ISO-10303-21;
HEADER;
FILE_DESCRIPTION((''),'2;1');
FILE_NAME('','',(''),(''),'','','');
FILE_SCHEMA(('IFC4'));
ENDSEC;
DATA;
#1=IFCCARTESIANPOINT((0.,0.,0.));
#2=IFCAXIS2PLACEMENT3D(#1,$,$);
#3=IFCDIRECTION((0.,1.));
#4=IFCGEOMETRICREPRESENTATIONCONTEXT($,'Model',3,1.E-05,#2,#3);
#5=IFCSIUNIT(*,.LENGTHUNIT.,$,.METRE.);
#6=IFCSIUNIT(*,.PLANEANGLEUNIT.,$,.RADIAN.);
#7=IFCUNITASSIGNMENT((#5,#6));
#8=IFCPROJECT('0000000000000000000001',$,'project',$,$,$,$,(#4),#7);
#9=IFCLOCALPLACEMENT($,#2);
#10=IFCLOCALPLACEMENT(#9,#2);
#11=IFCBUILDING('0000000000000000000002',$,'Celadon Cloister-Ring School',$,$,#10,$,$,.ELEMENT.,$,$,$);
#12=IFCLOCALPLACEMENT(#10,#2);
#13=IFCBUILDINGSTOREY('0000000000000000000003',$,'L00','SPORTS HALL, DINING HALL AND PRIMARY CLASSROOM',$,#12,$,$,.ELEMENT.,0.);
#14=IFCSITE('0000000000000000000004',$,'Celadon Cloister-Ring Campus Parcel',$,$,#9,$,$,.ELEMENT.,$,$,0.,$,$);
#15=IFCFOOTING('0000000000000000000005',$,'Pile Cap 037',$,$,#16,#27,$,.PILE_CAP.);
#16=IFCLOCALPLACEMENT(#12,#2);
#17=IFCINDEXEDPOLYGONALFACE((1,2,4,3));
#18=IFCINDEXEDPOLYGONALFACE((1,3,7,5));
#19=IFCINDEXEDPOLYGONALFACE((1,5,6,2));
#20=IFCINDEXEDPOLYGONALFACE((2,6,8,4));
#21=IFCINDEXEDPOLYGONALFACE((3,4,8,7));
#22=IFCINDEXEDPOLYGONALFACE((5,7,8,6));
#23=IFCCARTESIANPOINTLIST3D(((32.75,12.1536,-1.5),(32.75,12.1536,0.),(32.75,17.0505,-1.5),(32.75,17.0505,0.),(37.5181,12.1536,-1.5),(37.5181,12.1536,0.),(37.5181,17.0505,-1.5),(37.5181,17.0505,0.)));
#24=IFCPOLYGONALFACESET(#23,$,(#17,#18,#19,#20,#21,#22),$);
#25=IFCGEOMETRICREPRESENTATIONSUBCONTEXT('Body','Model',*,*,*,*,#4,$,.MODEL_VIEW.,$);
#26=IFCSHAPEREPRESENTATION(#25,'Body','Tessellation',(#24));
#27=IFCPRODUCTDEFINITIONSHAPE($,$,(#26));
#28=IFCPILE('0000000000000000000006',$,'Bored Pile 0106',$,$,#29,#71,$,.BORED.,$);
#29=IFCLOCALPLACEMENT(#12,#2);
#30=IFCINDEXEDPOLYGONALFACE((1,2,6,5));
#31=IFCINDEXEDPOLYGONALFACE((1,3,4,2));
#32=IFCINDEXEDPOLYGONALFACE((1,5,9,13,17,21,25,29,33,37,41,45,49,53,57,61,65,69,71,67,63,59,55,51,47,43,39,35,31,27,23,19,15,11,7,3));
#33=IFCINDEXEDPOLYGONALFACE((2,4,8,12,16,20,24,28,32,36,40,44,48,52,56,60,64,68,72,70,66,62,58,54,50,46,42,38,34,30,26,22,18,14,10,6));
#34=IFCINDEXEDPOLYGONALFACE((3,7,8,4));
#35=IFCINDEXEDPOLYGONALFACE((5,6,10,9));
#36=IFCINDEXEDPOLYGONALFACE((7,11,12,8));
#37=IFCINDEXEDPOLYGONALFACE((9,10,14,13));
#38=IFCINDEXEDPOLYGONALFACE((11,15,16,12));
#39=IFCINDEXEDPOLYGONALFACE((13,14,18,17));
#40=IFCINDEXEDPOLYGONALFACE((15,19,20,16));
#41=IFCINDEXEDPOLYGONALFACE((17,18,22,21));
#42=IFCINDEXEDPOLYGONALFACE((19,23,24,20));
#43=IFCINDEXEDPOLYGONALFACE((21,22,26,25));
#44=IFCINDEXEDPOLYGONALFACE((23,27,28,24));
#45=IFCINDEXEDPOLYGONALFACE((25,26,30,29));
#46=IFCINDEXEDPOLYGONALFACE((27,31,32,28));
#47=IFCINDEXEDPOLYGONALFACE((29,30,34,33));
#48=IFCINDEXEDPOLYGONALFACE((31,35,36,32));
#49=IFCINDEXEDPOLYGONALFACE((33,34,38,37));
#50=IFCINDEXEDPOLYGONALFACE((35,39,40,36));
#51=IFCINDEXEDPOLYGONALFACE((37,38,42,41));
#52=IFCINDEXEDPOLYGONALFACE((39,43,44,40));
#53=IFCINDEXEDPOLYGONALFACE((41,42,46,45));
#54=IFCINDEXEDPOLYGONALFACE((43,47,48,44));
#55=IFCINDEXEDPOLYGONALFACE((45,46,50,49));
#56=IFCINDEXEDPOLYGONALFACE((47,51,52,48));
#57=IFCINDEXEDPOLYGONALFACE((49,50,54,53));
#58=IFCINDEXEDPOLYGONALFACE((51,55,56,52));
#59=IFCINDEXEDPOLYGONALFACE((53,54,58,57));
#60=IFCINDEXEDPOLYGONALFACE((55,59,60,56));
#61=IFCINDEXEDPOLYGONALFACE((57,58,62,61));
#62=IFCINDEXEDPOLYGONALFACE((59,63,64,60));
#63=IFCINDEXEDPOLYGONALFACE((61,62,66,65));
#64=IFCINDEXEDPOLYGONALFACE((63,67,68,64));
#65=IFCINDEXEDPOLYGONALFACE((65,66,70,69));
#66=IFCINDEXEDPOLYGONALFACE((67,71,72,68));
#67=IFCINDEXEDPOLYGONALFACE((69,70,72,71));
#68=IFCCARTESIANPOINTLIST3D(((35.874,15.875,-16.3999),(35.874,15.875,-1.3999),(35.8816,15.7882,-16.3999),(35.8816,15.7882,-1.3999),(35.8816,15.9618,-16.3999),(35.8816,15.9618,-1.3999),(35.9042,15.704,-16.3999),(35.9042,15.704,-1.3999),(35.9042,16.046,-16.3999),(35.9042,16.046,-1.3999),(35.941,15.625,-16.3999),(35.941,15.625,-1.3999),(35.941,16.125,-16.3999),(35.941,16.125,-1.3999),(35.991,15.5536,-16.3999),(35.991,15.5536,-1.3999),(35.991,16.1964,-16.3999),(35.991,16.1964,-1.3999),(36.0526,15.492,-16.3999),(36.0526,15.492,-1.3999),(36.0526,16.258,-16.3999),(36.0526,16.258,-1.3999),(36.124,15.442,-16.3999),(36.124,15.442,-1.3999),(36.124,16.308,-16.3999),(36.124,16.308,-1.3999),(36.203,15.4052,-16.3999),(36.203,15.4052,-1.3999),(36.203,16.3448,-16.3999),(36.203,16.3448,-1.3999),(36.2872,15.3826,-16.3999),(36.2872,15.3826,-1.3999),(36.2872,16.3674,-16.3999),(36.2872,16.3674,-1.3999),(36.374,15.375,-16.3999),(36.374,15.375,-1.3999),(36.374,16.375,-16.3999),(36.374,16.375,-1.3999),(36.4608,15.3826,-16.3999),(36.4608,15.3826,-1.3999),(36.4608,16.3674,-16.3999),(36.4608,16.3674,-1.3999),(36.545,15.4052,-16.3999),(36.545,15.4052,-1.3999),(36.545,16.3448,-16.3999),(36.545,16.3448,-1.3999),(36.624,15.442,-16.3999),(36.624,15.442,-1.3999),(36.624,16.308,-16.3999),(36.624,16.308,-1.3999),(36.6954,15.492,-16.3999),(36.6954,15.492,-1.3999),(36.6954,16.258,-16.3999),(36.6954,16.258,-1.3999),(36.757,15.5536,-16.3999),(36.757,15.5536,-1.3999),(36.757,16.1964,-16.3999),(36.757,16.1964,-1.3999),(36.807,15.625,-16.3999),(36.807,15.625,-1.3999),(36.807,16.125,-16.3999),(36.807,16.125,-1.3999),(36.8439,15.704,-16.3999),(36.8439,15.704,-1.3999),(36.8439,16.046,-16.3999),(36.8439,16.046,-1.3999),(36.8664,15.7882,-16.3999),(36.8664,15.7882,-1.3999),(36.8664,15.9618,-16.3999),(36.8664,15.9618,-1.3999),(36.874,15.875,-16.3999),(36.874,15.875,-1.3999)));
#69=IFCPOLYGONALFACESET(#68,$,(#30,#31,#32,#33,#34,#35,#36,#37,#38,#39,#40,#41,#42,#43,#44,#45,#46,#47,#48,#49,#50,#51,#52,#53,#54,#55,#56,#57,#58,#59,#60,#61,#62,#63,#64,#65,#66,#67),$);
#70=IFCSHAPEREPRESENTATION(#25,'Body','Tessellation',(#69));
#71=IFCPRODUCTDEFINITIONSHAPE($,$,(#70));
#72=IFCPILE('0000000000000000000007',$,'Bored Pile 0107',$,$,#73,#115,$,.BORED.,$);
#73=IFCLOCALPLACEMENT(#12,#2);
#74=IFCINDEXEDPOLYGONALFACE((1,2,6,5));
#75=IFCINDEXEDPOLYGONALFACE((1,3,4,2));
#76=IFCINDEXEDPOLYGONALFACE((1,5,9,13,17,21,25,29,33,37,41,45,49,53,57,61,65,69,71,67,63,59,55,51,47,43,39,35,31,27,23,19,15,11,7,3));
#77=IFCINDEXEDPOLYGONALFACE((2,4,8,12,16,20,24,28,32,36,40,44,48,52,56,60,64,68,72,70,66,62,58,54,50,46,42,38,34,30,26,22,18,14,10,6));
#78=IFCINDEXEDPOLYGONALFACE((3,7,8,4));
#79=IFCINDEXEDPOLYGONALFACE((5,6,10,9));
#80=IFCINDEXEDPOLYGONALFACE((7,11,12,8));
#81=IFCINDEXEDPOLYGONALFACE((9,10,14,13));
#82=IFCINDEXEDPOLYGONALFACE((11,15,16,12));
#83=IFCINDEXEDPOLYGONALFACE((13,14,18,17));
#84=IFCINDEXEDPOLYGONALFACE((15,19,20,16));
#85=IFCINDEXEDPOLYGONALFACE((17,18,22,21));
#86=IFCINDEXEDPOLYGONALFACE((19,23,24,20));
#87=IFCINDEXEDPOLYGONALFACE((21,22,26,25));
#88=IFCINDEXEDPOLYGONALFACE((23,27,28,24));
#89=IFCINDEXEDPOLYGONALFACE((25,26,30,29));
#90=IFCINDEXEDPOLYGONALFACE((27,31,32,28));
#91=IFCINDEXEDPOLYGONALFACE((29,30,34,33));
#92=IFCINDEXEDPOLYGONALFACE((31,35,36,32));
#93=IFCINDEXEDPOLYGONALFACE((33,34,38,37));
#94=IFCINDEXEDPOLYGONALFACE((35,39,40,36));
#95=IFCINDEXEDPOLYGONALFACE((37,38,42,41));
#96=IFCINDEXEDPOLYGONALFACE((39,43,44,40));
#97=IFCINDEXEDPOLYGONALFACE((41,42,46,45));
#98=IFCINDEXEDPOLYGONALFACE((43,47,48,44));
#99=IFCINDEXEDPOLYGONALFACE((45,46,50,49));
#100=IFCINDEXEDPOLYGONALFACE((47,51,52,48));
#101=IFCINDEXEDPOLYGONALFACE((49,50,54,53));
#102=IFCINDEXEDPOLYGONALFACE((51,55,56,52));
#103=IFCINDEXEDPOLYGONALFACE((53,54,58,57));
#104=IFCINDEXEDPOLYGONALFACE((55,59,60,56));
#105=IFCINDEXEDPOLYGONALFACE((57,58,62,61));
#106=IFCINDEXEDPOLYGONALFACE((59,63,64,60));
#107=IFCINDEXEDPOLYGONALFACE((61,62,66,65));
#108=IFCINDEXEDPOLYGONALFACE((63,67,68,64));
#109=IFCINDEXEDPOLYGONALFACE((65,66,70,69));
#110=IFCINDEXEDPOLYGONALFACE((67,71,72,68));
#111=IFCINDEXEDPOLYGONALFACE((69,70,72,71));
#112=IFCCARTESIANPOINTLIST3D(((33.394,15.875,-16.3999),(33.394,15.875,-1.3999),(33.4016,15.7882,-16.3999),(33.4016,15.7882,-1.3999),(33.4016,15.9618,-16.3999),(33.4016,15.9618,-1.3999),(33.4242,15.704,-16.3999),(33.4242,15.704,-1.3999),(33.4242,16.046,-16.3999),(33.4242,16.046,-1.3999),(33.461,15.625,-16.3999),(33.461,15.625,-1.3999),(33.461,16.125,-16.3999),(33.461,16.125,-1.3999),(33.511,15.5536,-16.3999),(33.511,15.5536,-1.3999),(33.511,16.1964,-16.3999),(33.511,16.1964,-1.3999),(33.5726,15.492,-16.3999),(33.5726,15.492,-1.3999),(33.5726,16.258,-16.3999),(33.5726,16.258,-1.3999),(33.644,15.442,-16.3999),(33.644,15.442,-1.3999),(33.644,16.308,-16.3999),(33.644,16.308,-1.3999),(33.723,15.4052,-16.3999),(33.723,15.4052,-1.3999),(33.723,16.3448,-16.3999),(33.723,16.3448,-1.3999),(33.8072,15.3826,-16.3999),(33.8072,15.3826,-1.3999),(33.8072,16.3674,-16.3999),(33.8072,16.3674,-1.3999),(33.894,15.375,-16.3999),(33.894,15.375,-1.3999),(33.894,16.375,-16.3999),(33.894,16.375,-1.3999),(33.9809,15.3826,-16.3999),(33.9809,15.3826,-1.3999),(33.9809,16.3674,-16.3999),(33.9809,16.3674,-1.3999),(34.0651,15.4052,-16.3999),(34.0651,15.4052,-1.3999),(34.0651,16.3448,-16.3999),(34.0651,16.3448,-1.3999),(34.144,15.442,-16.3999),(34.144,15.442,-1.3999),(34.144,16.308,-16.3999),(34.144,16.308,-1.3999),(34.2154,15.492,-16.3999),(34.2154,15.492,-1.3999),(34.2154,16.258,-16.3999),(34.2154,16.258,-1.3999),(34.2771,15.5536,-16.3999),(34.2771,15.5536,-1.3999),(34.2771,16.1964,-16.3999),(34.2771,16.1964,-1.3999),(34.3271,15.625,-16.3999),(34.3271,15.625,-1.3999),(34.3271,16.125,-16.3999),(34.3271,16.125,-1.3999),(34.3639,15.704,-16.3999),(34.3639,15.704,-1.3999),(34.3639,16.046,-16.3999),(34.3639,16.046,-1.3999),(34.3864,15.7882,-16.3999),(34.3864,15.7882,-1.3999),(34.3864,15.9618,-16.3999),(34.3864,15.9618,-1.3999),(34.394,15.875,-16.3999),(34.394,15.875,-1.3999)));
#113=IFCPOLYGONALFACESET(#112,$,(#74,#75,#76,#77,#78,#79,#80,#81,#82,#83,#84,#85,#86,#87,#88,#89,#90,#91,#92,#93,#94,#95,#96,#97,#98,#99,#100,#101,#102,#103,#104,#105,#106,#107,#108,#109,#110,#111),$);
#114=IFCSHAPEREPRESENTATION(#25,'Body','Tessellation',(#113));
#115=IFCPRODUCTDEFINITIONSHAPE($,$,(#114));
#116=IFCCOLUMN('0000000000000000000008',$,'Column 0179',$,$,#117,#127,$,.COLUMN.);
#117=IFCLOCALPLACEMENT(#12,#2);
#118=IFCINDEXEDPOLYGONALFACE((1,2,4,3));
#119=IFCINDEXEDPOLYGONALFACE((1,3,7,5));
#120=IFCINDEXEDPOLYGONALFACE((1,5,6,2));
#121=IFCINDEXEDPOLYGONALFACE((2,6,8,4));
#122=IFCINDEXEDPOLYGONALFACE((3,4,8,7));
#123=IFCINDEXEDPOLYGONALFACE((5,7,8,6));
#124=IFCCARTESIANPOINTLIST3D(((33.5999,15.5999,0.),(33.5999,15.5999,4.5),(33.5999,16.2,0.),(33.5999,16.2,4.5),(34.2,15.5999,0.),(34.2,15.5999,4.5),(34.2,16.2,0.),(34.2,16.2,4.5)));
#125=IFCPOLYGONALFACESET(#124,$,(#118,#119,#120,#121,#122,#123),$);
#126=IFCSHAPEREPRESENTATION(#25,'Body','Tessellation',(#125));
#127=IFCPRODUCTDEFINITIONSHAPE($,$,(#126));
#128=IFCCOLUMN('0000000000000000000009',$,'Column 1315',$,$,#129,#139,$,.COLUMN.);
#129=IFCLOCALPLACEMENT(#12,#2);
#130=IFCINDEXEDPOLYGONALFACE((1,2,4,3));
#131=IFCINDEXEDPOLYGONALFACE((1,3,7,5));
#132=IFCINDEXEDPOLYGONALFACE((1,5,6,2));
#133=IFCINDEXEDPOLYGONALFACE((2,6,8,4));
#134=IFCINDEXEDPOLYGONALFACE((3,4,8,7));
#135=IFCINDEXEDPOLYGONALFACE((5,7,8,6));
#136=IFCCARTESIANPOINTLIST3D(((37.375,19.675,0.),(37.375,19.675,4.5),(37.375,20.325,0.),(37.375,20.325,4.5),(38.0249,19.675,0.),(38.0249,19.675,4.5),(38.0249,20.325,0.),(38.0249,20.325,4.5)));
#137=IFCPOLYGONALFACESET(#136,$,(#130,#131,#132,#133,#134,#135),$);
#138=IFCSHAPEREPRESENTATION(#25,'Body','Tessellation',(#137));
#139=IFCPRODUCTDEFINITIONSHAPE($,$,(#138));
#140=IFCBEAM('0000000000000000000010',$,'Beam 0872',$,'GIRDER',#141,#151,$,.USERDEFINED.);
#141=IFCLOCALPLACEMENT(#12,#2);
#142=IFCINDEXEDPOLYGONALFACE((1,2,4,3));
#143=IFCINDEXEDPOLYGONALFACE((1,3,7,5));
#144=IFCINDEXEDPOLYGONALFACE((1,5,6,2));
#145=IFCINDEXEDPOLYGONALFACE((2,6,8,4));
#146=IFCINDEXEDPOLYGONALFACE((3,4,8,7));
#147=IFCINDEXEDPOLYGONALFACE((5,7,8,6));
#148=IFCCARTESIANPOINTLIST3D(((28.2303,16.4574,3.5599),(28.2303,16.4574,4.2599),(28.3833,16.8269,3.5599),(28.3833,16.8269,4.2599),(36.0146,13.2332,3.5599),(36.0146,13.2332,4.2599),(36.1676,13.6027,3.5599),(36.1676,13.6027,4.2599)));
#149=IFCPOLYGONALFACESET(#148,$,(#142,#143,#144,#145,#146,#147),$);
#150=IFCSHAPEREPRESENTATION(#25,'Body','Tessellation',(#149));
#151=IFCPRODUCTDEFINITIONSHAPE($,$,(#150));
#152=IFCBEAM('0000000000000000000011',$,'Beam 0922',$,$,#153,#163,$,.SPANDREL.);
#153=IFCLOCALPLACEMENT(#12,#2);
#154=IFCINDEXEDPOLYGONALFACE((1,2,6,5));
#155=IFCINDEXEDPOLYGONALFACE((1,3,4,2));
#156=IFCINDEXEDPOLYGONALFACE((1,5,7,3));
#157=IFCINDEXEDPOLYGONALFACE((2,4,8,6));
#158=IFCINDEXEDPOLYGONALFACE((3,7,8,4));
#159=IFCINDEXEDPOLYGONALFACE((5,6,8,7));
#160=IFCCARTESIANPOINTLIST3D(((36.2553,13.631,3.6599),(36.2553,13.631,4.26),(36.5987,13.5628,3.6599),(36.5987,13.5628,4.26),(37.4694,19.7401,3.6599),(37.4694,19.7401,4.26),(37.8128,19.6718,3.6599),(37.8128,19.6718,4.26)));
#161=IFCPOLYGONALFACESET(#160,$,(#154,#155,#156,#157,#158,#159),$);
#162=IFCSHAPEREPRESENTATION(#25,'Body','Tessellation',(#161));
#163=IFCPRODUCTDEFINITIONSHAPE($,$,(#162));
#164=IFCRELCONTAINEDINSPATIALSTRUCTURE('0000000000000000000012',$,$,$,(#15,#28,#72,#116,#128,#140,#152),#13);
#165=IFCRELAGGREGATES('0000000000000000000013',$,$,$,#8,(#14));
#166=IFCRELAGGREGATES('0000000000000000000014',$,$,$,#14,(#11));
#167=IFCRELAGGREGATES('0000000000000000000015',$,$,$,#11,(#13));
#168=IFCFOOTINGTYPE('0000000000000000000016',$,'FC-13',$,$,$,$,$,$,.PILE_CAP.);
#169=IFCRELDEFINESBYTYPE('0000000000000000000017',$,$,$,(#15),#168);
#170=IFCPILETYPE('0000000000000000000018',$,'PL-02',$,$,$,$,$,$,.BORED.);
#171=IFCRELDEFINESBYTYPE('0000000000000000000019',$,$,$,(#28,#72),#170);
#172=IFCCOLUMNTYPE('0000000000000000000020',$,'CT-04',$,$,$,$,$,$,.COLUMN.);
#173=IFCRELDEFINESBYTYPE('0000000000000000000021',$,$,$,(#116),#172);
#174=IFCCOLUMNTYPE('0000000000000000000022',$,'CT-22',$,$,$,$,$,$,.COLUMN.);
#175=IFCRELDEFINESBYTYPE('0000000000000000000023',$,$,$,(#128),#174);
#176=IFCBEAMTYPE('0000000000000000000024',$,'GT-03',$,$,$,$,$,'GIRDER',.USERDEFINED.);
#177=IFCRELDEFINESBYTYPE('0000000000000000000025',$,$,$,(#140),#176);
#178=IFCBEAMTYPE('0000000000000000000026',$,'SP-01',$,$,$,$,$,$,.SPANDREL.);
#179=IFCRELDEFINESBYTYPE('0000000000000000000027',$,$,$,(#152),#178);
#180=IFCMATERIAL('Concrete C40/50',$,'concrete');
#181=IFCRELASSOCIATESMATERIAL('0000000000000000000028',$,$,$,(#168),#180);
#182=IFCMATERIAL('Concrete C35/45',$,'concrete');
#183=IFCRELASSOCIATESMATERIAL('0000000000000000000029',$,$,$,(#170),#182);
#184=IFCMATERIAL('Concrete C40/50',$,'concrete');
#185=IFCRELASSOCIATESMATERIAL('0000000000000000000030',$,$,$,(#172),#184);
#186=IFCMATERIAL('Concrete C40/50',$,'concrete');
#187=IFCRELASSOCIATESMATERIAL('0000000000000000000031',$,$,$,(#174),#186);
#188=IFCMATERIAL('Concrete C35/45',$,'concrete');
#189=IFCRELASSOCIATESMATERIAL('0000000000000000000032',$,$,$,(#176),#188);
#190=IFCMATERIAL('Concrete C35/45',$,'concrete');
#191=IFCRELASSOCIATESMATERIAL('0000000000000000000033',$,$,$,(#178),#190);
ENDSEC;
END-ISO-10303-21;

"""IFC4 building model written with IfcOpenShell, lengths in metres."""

from ifc_helpers import new_model, si_unit, direction, frame, origin, origin_2d, place, context, subcontext, project, spatial, rectangle, circle, extrude, material, material_profile, profile_set, type_object, element, save


model = new_model("IFC4")

# Units and contexts
model_context = context("Model", 3, precision=1e-05, world=origin(), true_north=direction((0.0, 1.0)))
body_context = subcontext(model_context, "Body", "Model", "MODEL_VIEW")
ifc_project = project(units=[si_unit("LENGTHUNIT", "METRE"), si_unit("PLANEANGLEUNIT", "RADIAN")], contexts=[model_context])

# Site, building, storey
site_placement = place(None, origin())
site = spatial("IfcSite", under=ifc_project, at=site_placement, Name="Celadon Cloister-Ring Campus Parcel", CompositionType="ELEMENT", RefElevation=0.0)
building_placement = place(site_placement, origin())
building = spatial("IfcBuilding", under=site, at=building_placement, Name="Celadon Cloister-Ring School", CompositionType="ELEMENT")
storey_placement = place(building_placement, origin())
storey = spatial("IfcBuildingStorey", under=building, at=storey_placement, Name="L00", Description="SPORTS HALL, DINING HALL AND PRIMARY CLASSROOM", CompositionType="ELEMENT", Elevation=0.0)

# Footing
ifc_material_1 = material(Name="Concrete C40/50", Category="concrete")
footing_type = type_object("IfcFootingType", Name="FC-13", PredefinedType="PILE_CAP", material=ifc_material_1)
footing_placement = place(storey_placement, frame((35.134, 14.6021, -1.5), z_axis=(0.0, 0.0, 1.0), x_axis=(1.0, 0.0, 0.0)))
element("IfcFooting", 1, at=footing_placement, inside=storey, type_object=footing_type, Name="Pile Cap 037", PredefinedType="PILE_CAP", context=body_context, shape_type="SweptSolid", body=[
    extrude(rectangle(XDim=4.7681, YDim=4.897, at=origin_2d()), origin(), (0.0, 0.0, 1.0), 1.5),
])

# Piles
ifc_material_2 = material(Name="Concrete C35/45", Category="concrete")
ifc_material_profile_1 = material_profile(ifc_material_2, circle(Radius=0.5, at=origin_2d()), Name="PILE1000")
ifc_profile_set_1 = profile_set([ifc_material_profile_1], Name="Concrete C35/45")
pile_type = type_object("IfcPileType", Name="PL-02", PredefinedType="BORED", material=ifc_profile_set_1)
for number, where, z_axis, x_axis, name in (
    (2, (36.374, 15.875, -1.3999), (0.0, 0.0, -1.0), (1.0, 0.0, 0.0), "Bored Pile 0106"),
    (3, (33.894, 15.875, -1.3999), (0.0, 0.0, -1.0), (1.0, 0.0, 0.0), "Bored Pile 0107"),
):
    element("IfcPile", number, at=place(storey_placement, frame(where, z_axis=z_axis, x_axis=x_axis)), inside=storey, type_object=pile_type, Name=name, PredefinedType="BORED", context=body_context, shape_type="SweptSolid", body=[
        extrude(circle(Radius=0.5, at=origin_2d()), origin(), (0.0, 0.0, 1.0), 15.0),
    ])

# Columns
ifc_material_3 = material(Name="Concrete C40/50", Category="concrete")
ifc_material_profile_2 = material_profile(ifc_material_3, rectangle(XDim=0.6001, YDim=0.6001, at=origin_2d()), Name="RC600X600")
ifc_profile_set_2 = profile_set([ifc_material_profile_2], Name="Concrete C40/50")
column_type_1 = type_object("IfcColumnType", Name="CT-04", PredefinedType="COLUMN", material=ifc_profile_set_2)
column_1_placement = place(storey_placement, frame((33.8999, 15.8999, 0.0), z_axis=(0.0, 0.0, 1.0), x_axis=(1.0, 0.0, 0.0)))
element("IfcColumn", 4, at=column_1_placement, inside=storey, type_object=column_type_1, Name="Column 0179", PredefinedType="COLUMN", context=body_context, shape_type="SweptSolid", body=[
    extrude(rectangle(XDim=0.6001, YDim=0.6001, at=origin_2d()), origin(), (0.0, 0.0, 1.0), 4.5),
])
ifc_material_4 = material(Name="Concrete C40/50", Category="concrete")
ifc_material_profile_3 = material_profile(ifc_material_4, rectangle(XDim=0.6499, YDim=0.6499, at=origin_2d()), Name="RC650X650")
ifc_profile_set_3 = profile_set([ifc_material_profile_3], Name="Concrete C40/50")
column_type_2 = type_object("IfcColumnType", Name="CT-22", PredefinedType="COLUMN", material=ifc_profile_set_3)
column_2_placement = place(storey_placement, frame((37.7, 20.0, 0.0), z_axis=(0.0, 0.0, 1.0), x_axis=(1.0, 0.0, 0.0)))
element("IfcColumn", 5, at=column_2_placement, inside=storey, type_object=column_type_2, Name="Column 1315", PredefinedType="COLUMN", context=body_context, shape_type="SweptSolid", body=[
    extrude(rectangle(XDim=0.6499, YDim=0.6499, at=origin_2d()), origin(), (0.0, 0.0, 1.0), 4.5),
])

# Beams
ifc_material_5 = material(Name="Concrete C35/45", Category="concrete")
ifc_material_profile_4 = material_profile(ifc_material_5, rectangle(XDim=0.3999, YDim=0.7, at=origin_2d()), Name="RC400X700")
ifc_profile_set_4 = profile_set([ifc_material_profile_4], Name="Concrete C35/45")
beam_type_1 = type_object("IfcBeamType", Name="GT-03", ElementType="GIRDER", PredefinedType="USERDEFINED", material=ifc_profile_set_4)
beam_1_placement = place(storey_placement, frame((36.0911, 13.418, 3.9099), z_axis=(-0.923888, 0.382664, 0.0), x_axis=(-0.382664, -0.923888, 0.0)))
element("IfcBeam", 6, at=beam_1_placement, inside=storey, type_object=beam_type_1, Name="Beam 0872", ObjectType="GIRDER", PredefinedType="USERDEFINED", context=body_context, shape_type="SweptSolid", body=[
    extrude(rectangle(XDim=0.3999, YDim=0.7, at=origin_2d()), origin(), (0.0, 0.0, 1.0), 8.4255),
])
ifc_material_6 = material(Name="Concrete C35/45", Category="concrete")
ifc_material_profile_5 = material_profile(ifc_material_6, rectangle(XDim=0.3501, YDim=0.6001, at=origin_2d()), Name="RC350X600")
ifc_profile_set_5 = profile_set([ifc_material_profile_5], Name="Concrete C35/45")
beam_type_2 = type_object("IfcBeamType", Name="SP-01", PredefinedType="SPANDREL", material=ifc_profile_set_5)
beam_2_placement = place(storey_placement, frame((36.427, 13.5969, 3.96), z_axis=(0.194925, 0.980818, 0.0), x_axis=(-0.980818, 0.194925, 0.0)))
element("IfcBeam", 7, at=beam_2_placement, inside=storey, type_object=beam_type_2, Name="Beam 0922", PredefinedType="SPANDREL", context=body_context, shape_type="SweptSolid", body=[
    extrude(rectangle(XDim=0.3501, YDim=0.6001, at=origin_2d()), origin(), (0.0, 0.0, 1.0), 6.2285),
])

save(model, "model.ifc")
